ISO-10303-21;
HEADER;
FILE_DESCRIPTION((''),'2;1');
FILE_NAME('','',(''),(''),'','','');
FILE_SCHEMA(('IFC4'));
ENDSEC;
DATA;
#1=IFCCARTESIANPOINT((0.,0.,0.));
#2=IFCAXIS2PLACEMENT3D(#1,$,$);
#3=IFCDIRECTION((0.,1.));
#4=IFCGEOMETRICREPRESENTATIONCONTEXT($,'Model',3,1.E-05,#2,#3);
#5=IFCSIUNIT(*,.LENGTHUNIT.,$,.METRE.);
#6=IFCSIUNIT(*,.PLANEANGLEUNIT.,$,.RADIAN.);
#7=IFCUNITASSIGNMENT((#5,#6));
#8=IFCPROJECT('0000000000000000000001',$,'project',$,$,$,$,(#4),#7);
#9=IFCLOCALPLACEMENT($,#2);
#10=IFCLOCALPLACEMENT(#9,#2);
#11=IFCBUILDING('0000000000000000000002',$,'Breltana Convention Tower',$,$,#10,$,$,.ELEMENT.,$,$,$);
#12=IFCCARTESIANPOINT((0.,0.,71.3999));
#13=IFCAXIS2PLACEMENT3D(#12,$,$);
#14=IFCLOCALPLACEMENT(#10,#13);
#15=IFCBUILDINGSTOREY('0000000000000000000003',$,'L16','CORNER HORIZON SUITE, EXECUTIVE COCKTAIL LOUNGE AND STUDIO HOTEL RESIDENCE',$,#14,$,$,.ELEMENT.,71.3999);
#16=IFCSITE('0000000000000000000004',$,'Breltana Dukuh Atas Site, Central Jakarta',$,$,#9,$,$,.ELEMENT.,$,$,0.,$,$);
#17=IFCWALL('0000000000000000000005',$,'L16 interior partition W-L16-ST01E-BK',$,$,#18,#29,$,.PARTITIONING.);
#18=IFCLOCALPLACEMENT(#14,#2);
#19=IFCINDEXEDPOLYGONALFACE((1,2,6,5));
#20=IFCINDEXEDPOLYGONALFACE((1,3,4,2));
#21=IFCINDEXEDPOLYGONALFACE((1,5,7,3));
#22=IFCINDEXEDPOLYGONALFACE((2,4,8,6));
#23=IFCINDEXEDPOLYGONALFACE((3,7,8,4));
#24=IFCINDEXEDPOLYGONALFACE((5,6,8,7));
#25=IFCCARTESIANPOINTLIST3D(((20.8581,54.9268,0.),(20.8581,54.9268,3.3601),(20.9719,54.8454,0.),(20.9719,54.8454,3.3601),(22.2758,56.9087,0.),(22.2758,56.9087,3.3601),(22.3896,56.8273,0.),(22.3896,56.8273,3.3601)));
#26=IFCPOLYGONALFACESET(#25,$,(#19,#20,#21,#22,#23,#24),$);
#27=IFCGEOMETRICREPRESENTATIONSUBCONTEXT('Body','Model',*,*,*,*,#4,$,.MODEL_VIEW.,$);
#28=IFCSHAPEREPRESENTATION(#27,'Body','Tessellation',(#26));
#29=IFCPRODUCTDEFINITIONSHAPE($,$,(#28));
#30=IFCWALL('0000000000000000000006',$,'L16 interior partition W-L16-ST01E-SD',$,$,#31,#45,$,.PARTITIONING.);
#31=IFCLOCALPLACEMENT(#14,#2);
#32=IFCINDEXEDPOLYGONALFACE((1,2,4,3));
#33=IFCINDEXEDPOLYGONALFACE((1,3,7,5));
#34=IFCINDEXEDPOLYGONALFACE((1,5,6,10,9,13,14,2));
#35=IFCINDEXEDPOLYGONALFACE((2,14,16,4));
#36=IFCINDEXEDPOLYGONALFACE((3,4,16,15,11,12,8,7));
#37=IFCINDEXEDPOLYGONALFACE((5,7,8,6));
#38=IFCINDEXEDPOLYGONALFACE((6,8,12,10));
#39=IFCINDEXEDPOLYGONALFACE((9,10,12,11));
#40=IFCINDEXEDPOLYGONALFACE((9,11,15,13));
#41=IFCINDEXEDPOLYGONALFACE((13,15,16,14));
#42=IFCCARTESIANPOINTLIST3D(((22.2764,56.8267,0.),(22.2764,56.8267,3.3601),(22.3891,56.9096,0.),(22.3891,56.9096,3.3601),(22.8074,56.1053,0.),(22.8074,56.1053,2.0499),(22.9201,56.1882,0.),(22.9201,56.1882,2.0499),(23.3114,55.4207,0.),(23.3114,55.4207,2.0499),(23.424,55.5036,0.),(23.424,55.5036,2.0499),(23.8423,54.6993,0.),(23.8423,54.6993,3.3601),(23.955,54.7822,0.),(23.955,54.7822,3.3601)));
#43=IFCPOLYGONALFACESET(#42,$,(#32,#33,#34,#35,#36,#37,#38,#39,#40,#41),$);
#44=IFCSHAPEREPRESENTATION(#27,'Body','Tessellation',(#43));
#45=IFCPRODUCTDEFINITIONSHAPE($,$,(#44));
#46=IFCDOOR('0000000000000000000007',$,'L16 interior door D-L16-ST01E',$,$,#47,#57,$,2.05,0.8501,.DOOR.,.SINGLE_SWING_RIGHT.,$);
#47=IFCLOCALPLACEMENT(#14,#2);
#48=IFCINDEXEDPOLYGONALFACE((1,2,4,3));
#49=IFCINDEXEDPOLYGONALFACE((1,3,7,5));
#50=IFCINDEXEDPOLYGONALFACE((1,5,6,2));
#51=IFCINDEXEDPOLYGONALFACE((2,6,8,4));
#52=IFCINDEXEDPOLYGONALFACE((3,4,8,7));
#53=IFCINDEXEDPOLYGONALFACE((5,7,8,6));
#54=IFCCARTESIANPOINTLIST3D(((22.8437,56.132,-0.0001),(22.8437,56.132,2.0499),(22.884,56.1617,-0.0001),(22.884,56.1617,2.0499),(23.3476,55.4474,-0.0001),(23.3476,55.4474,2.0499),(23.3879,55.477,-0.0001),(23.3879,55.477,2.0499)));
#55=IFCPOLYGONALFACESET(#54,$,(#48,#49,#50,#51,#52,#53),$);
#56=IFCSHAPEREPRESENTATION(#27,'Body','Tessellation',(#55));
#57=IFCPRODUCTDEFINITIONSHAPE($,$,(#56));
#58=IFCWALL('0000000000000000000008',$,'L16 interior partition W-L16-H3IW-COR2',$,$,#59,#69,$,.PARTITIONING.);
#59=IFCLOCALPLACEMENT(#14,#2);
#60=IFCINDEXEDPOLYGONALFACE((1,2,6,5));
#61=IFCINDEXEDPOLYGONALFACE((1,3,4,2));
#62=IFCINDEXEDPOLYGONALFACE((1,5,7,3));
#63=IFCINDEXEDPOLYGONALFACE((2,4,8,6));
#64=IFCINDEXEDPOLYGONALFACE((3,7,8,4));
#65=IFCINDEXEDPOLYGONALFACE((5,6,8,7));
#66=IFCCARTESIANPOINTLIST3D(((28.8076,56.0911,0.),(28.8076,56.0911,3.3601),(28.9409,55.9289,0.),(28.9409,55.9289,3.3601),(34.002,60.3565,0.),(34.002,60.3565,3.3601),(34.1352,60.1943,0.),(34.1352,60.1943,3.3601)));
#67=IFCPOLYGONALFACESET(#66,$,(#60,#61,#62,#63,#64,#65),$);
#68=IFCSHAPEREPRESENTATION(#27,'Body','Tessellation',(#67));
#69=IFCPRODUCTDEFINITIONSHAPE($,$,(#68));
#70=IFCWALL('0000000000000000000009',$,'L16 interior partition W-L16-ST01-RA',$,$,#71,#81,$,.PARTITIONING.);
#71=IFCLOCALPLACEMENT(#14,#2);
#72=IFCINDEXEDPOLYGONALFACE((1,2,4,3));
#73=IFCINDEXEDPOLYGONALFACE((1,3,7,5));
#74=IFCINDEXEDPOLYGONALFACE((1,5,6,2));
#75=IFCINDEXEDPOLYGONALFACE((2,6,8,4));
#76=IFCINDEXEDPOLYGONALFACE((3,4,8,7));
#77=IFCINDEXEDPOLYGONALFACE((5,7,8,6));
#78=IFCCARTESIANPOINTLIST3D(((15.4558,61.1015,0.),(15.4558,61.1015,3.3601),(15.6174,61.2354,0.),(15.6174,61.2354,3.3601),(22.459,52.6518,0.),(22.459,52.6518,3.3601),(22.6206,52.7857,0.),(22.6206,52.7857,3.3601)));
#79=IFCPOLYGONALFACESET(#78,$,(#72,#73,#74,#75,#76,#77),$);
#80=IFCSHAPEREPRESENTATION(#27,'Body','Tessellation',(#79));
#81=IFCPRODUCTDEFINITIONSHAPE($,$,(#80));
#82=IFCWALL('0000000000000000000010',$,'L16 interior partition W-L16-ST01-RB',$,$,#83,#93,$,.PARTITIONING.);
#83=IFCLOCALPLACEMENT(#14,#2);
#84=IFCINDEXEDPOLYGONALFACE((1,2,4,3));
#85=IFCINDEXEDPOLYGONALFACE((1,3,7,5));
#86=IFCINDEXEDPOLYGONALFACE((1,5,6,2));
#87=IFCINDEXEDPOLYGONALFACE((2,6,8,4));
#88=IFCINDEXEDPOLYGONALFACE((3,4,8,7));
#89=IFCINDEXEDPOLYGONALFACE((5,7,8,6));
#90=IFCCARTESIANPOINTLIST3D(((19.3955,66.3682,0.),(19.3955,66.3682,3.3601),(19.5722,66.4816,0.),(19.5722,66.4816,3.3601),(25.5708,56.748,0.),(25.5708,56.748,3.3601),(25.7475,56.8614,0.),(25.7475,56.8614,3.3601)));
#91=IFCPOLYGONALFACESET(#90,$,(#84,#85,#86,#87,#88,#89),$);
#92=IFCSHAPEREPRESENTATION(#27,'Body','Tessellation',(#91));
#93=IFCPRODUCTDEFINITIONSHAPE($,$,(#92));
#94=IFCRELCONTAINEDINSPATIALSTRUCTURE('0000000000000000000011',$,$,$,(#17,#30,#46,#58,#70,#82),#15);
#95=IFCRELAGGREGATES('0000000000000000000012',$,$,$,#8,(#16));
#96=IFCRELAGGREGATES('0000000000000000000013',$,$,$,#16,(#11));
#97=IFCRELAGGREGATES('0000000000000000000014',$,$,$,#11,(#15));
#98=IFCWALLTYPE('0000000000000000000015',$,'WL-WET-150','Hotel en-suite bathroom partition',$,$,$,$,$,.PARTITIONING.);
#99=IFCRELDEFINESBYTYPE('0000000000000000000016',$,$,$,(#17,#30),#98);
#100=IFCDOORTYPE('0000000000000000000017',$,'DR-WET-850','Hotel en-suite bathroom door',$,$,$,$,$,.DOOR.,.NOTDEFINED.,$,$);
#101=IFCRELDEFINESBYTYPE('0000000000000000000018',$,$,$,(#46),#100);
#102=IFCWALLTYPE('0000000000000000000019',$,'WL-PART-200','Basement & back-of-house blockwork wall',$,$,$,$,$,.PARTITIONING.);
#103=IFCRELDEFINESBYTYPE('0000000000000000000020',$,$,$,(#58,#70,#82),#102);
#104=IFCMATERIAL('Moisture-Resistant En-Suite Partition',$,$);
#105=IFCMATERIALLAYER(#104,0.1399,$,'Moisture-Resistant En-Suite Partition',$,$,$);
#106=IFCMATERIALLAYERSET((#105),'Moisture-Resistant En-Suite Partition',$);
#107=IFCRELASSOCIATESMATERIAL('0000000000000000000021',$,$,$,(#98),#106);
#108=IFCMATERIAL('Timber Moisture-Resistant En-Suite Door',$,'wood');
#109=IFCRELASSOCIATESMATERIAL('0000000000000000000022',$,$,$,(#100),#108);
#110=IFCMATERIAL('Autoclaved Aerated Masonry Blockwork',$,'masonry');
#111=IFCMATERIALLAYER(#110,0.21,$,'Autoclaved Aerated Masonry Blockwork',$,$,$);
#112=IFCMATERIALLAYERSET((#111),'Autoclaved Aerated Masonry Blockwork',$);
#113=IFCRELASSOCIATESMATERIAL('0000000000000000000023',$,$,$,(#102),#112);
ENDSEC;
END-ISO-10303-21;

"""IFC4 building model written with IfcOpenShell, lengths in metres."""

from ifc_helpers import new_model, si_unit, direction, frame, frame_2d, origin, place, context, subcontext, project, spatial, rectangle, extrude, source, transform, mapped, material, layer, layer_set, type_object, type_shapes, element, fill, save


model = new_model("IFC4")

# Units and contexts
model_context = context("Model", 3, precision=1e-05, world=origin(), true_north=direction((0.0, 1.0)))
body_context = subcontext(model_context, "Body", "Model", "MODEL_VIEW")
ifc_project = project(units=[si_unit("LENGTHUNIT", "METRE"), si_unit("PLANEANGLEUNIT", "RADIAN")], contexts=[model_context])

# Site, building, storey
site_placement = place(None, origin())
site = spatial("IfcSite", under=ifc_project, at=site_placement, Name="Breltana Dukuh Atas Site, Central Jakarta", CompositionType="ELEMENT", RefElevation=0.0)
building_placement = place(site_placement, origin())
building = spatial("IfcBuilding", under=site, at=building_placement, Name="Breltana Convention Tower", CompositionType="ELEMENT")
storey_placement = place(building_placement, frame((0.0, 0.0, 71.3999)))
storey = spatial("IfcBuildingStorey", under=building, at=storey_placement, Name="L16", Description="CORNER HORIZON SUITE, EXECUTIVE COCKTAIL LOUNGE AND STUDIO HOTEL RESIDENCE", CompositionType="ELEMENT", Elevation=71.3999)

# Shared definitions
ifc_material_1 = material(Name="Moisture-Resistant En-Suite Partition")
ifc_layer_1 = layer(ifc_material_1, 0.1399, Name="Moisture-Resistant En-Suite Partition")
ifc_layer_set_1 = layer_set([ifc_layer_1], Name="Moisture-Resistant En-Suite Partition")
wall_type_1 = type_object("IfcWallType", Name="WL-WET-150", Description="Hotel en-suite bathroom partition", PredefinedType="PARTITIONING", material=ifc_layer_set_1)
ifc_material_2 = material(Name="Timber Moisture-Resistant En-Suite Door", Category="wood")
door_type_1 = type_object("IfcDoorType", Name="DR-WET-850", Description="Hotel en-suite bathroom door", OperationType="NOTDEFINED", PredefinedType="DOOR", material=ifc_material_2)
shared_shape_1 = source(origin(), body_context, "Body", "SweptSolid", [
    extrude(rectangle(XDim=0.8501, YDim=2.05, at=frame_2d((0.425, 1.0249))), frame((0.0, 0.0249, 0.0), z_axis=(0.0, -1.0, 0.0), x_axis=(1.0, 0.0, 0.0)), (0.0, 0.0, 1.0), 0.05),
])
type_shapes(door_type_1, [shared_shape_1])

# Wall
shared_shape_2 = source(origin(), body_context, "Body", "SweptSolid", [
    extrude(rectangle(XDim=2.4368, YDim=0.1399, at=frame_2d((1.2183, 0.0))), origin(), (0.0, 0.0, 1.0), 3.3601),
])
wall_1_placement = place(storey_placement, frame((20.915, 54.8862, 0.0), z_axis=(0.0, 0.0, 1.0), x_axis=(0.581797, 0.813334, 0.0)))
element("IfcWall", 1, at=wall_1_placement, inside=storey, type_object=wall_type_1, Name="L16 interior partition W-L16-ST01E-BK", PredefinedType="PARTITIONING", context=body_context, shape_type="MappedRepresentation", body=[
    mapped(shared_shape_2, transform((0.0, 0.0, 0.0), scale=1.0)),
])

# Wall, opening, door
shared_shape_3 = source(origin(), body_context, "Body", "SweptSolid", [
    extrude(rectangle(XDim=2.6416, YDim=0.1399, at=frame_2d((1.3208, 0.0))), origin(), (0.0, 0.0, 1.0), 3.3601),
])
wall_2_placement = place(storey_placement, frame((23.8987, 54.7407, 0.0), z_axis=(0.0, 0.0, 1.0), x_axis=(-0.592789, 0.805358, 0.0)))
wall_2 = element("IfcWall", 2, at=wall_2_placement, inside=storey, type_object=wall_type_1, Name="L16 interior partition W-L16-ST01E-SD", PredefinedType="PARTITIONING", context=body_context, shape_type="MappedRepresentation", body=[
    mapped(shared_shape_3, transform((0.0, 0.0, 0.0), scale=1.0)),
])
opening_1_placement = place(wall_2_placement, frame((0.8958, 0.0, 0.0)))
opening_1 = element("IfcOpeningElement", 3, at=opening_1_placement, cuts=wall_2, PredefinedType="OPENING", context=body_context, shape_type="SweptSolid", body=[
    extrude(rectangle(XDim=0.8501, YDim=2.05, at=frame_2d((0.425, 1.0249))), frame((0.0, 0.0801, 0.0), z_axis=(0.0, -1.0, 0.0), x_axis=(1.0, 0.0, 0.0)), (0.0, 0.0, 1.0), 0.1599),
])
door_1_placement = place(opening_1_placement, origin())
door_1 = element("IfcDoor", 4, at=door_1_placement, inside=storey, type_object=door_type_1, Name="L16 interior door D-L16-ST01E", OperationType="SINGLE_SWING_RIGHT", OverallHeight=2.05, OverallWidth=0.8501, PredefinedType="DOOR", context=body_context, shape_type="MappedRepresentation", body=[
    mapped(shared_shape_1, transform((0.0, 0.0, 0.0), scale=1.0)),
])
fill(opening_1, door_1)
ifc_material_3 = material(Name="Autoclaved Aerated Masonry Blockwork", Category="masonry")
ifc_layer_2 = layer(ifc_material_3, 0.21, Name="Autoclaved Aerated Masonry Blockwork")
ifc_layer_set_2 = layer_set([ifc_layer_2], Name="Autoclaved Aerated Masonry Blockwork")
wall_type_2 = type_object("IfcWallType", Name="WL-PART-200", Description="Basement & back-of-house blockwork wall", PredefinedType="PARTITIONING", material=ifc_layer_set_2)

# Walls
shared_shape_4 = source(origin(), body_context, "Body", "SweptSolid", [
    extrude(rectangle(XDim=6.7212, YDim=0.21, at=frame_2d((3.3606, 0.0))), origin(), (0.0, 0.0, 1.0), 3.3601),
])
wall_3_placement = place(storey_placement, frame((28.8743, 56.01, 0.0), z_axis=(0.0, 0.0, 1.0), x_axis=(0.772828, 0.634615, 0.0)))
element("IfcWall", 5, at=wall_3_placement, inside=storey, type_object=wall_type_2, Name="L16 interior partition W-L16-H3IW-COR2", PredefinedType="PARTITIONING", context=body_context, shape_type="MappedRepresentation", body=[
    mapped(shared_shape_4, transform((0.0, 0.0, 0.0), scale=1.0)),
])
shared_shape_5 = source(origin(), body_context, "Body", "SweptSolid", [
    extrude(rectangle(XDim=10.9746, YDim=0.21, at=frame_2d((5.4873, 0.0))), origin(), (0.0, 0.0, 1.0), 3.3601),
])
wall_4_placement = place(storey_placement, frame((22.5398, 52.7188, 0.0), z_axis=(0.0, 0.0, 1.0), x_axis=(-0.638125, 0.769933, 0.0)))
element("IfcWall", 6, at=wall_4_placement, inside=storey, type_object=wall_type_2, Name="L16 interior partition W-L16-ST01-RA", PredefinedType="PARTITIONING", context=body_context, shape_type="MappedRepresentation", body=[
    mapped(shared_shape_5, transform((0.0, 0.0, 0.0), scale=1.0)),
])

# Wall
shared_shape_6 = source(origin(), body_context, "Body", "SweptSolid", [
    extrude(rectangle(XDim=11.4316, YDim=0.21, at=frame_2d((5.7158, 0.0))), origin(), (0.0, 0.0, 1.0), 3.3601),
])
wall_5_placement = place(storey_placement, frame((25.6592, 56.8047, 0.0), z_axis=(0.0, 0.0, 1.0), x_axis=(-0.540196, 0.841539, 0.0)))
element("IfcWall", 7, at=wall_5_placement, inside=storey, type_object=wall_type_2, Name="L16 interior partition W-L16-ST01-RB", PredefinedType="PARTITIONING", context=body_context, shape_type="MappedRepresentation", body=[
    mapped(shared_shape_6, transform((0.0, 0.0, 0.0), scale=1.0)),
])

save(model, "model.ifc")
